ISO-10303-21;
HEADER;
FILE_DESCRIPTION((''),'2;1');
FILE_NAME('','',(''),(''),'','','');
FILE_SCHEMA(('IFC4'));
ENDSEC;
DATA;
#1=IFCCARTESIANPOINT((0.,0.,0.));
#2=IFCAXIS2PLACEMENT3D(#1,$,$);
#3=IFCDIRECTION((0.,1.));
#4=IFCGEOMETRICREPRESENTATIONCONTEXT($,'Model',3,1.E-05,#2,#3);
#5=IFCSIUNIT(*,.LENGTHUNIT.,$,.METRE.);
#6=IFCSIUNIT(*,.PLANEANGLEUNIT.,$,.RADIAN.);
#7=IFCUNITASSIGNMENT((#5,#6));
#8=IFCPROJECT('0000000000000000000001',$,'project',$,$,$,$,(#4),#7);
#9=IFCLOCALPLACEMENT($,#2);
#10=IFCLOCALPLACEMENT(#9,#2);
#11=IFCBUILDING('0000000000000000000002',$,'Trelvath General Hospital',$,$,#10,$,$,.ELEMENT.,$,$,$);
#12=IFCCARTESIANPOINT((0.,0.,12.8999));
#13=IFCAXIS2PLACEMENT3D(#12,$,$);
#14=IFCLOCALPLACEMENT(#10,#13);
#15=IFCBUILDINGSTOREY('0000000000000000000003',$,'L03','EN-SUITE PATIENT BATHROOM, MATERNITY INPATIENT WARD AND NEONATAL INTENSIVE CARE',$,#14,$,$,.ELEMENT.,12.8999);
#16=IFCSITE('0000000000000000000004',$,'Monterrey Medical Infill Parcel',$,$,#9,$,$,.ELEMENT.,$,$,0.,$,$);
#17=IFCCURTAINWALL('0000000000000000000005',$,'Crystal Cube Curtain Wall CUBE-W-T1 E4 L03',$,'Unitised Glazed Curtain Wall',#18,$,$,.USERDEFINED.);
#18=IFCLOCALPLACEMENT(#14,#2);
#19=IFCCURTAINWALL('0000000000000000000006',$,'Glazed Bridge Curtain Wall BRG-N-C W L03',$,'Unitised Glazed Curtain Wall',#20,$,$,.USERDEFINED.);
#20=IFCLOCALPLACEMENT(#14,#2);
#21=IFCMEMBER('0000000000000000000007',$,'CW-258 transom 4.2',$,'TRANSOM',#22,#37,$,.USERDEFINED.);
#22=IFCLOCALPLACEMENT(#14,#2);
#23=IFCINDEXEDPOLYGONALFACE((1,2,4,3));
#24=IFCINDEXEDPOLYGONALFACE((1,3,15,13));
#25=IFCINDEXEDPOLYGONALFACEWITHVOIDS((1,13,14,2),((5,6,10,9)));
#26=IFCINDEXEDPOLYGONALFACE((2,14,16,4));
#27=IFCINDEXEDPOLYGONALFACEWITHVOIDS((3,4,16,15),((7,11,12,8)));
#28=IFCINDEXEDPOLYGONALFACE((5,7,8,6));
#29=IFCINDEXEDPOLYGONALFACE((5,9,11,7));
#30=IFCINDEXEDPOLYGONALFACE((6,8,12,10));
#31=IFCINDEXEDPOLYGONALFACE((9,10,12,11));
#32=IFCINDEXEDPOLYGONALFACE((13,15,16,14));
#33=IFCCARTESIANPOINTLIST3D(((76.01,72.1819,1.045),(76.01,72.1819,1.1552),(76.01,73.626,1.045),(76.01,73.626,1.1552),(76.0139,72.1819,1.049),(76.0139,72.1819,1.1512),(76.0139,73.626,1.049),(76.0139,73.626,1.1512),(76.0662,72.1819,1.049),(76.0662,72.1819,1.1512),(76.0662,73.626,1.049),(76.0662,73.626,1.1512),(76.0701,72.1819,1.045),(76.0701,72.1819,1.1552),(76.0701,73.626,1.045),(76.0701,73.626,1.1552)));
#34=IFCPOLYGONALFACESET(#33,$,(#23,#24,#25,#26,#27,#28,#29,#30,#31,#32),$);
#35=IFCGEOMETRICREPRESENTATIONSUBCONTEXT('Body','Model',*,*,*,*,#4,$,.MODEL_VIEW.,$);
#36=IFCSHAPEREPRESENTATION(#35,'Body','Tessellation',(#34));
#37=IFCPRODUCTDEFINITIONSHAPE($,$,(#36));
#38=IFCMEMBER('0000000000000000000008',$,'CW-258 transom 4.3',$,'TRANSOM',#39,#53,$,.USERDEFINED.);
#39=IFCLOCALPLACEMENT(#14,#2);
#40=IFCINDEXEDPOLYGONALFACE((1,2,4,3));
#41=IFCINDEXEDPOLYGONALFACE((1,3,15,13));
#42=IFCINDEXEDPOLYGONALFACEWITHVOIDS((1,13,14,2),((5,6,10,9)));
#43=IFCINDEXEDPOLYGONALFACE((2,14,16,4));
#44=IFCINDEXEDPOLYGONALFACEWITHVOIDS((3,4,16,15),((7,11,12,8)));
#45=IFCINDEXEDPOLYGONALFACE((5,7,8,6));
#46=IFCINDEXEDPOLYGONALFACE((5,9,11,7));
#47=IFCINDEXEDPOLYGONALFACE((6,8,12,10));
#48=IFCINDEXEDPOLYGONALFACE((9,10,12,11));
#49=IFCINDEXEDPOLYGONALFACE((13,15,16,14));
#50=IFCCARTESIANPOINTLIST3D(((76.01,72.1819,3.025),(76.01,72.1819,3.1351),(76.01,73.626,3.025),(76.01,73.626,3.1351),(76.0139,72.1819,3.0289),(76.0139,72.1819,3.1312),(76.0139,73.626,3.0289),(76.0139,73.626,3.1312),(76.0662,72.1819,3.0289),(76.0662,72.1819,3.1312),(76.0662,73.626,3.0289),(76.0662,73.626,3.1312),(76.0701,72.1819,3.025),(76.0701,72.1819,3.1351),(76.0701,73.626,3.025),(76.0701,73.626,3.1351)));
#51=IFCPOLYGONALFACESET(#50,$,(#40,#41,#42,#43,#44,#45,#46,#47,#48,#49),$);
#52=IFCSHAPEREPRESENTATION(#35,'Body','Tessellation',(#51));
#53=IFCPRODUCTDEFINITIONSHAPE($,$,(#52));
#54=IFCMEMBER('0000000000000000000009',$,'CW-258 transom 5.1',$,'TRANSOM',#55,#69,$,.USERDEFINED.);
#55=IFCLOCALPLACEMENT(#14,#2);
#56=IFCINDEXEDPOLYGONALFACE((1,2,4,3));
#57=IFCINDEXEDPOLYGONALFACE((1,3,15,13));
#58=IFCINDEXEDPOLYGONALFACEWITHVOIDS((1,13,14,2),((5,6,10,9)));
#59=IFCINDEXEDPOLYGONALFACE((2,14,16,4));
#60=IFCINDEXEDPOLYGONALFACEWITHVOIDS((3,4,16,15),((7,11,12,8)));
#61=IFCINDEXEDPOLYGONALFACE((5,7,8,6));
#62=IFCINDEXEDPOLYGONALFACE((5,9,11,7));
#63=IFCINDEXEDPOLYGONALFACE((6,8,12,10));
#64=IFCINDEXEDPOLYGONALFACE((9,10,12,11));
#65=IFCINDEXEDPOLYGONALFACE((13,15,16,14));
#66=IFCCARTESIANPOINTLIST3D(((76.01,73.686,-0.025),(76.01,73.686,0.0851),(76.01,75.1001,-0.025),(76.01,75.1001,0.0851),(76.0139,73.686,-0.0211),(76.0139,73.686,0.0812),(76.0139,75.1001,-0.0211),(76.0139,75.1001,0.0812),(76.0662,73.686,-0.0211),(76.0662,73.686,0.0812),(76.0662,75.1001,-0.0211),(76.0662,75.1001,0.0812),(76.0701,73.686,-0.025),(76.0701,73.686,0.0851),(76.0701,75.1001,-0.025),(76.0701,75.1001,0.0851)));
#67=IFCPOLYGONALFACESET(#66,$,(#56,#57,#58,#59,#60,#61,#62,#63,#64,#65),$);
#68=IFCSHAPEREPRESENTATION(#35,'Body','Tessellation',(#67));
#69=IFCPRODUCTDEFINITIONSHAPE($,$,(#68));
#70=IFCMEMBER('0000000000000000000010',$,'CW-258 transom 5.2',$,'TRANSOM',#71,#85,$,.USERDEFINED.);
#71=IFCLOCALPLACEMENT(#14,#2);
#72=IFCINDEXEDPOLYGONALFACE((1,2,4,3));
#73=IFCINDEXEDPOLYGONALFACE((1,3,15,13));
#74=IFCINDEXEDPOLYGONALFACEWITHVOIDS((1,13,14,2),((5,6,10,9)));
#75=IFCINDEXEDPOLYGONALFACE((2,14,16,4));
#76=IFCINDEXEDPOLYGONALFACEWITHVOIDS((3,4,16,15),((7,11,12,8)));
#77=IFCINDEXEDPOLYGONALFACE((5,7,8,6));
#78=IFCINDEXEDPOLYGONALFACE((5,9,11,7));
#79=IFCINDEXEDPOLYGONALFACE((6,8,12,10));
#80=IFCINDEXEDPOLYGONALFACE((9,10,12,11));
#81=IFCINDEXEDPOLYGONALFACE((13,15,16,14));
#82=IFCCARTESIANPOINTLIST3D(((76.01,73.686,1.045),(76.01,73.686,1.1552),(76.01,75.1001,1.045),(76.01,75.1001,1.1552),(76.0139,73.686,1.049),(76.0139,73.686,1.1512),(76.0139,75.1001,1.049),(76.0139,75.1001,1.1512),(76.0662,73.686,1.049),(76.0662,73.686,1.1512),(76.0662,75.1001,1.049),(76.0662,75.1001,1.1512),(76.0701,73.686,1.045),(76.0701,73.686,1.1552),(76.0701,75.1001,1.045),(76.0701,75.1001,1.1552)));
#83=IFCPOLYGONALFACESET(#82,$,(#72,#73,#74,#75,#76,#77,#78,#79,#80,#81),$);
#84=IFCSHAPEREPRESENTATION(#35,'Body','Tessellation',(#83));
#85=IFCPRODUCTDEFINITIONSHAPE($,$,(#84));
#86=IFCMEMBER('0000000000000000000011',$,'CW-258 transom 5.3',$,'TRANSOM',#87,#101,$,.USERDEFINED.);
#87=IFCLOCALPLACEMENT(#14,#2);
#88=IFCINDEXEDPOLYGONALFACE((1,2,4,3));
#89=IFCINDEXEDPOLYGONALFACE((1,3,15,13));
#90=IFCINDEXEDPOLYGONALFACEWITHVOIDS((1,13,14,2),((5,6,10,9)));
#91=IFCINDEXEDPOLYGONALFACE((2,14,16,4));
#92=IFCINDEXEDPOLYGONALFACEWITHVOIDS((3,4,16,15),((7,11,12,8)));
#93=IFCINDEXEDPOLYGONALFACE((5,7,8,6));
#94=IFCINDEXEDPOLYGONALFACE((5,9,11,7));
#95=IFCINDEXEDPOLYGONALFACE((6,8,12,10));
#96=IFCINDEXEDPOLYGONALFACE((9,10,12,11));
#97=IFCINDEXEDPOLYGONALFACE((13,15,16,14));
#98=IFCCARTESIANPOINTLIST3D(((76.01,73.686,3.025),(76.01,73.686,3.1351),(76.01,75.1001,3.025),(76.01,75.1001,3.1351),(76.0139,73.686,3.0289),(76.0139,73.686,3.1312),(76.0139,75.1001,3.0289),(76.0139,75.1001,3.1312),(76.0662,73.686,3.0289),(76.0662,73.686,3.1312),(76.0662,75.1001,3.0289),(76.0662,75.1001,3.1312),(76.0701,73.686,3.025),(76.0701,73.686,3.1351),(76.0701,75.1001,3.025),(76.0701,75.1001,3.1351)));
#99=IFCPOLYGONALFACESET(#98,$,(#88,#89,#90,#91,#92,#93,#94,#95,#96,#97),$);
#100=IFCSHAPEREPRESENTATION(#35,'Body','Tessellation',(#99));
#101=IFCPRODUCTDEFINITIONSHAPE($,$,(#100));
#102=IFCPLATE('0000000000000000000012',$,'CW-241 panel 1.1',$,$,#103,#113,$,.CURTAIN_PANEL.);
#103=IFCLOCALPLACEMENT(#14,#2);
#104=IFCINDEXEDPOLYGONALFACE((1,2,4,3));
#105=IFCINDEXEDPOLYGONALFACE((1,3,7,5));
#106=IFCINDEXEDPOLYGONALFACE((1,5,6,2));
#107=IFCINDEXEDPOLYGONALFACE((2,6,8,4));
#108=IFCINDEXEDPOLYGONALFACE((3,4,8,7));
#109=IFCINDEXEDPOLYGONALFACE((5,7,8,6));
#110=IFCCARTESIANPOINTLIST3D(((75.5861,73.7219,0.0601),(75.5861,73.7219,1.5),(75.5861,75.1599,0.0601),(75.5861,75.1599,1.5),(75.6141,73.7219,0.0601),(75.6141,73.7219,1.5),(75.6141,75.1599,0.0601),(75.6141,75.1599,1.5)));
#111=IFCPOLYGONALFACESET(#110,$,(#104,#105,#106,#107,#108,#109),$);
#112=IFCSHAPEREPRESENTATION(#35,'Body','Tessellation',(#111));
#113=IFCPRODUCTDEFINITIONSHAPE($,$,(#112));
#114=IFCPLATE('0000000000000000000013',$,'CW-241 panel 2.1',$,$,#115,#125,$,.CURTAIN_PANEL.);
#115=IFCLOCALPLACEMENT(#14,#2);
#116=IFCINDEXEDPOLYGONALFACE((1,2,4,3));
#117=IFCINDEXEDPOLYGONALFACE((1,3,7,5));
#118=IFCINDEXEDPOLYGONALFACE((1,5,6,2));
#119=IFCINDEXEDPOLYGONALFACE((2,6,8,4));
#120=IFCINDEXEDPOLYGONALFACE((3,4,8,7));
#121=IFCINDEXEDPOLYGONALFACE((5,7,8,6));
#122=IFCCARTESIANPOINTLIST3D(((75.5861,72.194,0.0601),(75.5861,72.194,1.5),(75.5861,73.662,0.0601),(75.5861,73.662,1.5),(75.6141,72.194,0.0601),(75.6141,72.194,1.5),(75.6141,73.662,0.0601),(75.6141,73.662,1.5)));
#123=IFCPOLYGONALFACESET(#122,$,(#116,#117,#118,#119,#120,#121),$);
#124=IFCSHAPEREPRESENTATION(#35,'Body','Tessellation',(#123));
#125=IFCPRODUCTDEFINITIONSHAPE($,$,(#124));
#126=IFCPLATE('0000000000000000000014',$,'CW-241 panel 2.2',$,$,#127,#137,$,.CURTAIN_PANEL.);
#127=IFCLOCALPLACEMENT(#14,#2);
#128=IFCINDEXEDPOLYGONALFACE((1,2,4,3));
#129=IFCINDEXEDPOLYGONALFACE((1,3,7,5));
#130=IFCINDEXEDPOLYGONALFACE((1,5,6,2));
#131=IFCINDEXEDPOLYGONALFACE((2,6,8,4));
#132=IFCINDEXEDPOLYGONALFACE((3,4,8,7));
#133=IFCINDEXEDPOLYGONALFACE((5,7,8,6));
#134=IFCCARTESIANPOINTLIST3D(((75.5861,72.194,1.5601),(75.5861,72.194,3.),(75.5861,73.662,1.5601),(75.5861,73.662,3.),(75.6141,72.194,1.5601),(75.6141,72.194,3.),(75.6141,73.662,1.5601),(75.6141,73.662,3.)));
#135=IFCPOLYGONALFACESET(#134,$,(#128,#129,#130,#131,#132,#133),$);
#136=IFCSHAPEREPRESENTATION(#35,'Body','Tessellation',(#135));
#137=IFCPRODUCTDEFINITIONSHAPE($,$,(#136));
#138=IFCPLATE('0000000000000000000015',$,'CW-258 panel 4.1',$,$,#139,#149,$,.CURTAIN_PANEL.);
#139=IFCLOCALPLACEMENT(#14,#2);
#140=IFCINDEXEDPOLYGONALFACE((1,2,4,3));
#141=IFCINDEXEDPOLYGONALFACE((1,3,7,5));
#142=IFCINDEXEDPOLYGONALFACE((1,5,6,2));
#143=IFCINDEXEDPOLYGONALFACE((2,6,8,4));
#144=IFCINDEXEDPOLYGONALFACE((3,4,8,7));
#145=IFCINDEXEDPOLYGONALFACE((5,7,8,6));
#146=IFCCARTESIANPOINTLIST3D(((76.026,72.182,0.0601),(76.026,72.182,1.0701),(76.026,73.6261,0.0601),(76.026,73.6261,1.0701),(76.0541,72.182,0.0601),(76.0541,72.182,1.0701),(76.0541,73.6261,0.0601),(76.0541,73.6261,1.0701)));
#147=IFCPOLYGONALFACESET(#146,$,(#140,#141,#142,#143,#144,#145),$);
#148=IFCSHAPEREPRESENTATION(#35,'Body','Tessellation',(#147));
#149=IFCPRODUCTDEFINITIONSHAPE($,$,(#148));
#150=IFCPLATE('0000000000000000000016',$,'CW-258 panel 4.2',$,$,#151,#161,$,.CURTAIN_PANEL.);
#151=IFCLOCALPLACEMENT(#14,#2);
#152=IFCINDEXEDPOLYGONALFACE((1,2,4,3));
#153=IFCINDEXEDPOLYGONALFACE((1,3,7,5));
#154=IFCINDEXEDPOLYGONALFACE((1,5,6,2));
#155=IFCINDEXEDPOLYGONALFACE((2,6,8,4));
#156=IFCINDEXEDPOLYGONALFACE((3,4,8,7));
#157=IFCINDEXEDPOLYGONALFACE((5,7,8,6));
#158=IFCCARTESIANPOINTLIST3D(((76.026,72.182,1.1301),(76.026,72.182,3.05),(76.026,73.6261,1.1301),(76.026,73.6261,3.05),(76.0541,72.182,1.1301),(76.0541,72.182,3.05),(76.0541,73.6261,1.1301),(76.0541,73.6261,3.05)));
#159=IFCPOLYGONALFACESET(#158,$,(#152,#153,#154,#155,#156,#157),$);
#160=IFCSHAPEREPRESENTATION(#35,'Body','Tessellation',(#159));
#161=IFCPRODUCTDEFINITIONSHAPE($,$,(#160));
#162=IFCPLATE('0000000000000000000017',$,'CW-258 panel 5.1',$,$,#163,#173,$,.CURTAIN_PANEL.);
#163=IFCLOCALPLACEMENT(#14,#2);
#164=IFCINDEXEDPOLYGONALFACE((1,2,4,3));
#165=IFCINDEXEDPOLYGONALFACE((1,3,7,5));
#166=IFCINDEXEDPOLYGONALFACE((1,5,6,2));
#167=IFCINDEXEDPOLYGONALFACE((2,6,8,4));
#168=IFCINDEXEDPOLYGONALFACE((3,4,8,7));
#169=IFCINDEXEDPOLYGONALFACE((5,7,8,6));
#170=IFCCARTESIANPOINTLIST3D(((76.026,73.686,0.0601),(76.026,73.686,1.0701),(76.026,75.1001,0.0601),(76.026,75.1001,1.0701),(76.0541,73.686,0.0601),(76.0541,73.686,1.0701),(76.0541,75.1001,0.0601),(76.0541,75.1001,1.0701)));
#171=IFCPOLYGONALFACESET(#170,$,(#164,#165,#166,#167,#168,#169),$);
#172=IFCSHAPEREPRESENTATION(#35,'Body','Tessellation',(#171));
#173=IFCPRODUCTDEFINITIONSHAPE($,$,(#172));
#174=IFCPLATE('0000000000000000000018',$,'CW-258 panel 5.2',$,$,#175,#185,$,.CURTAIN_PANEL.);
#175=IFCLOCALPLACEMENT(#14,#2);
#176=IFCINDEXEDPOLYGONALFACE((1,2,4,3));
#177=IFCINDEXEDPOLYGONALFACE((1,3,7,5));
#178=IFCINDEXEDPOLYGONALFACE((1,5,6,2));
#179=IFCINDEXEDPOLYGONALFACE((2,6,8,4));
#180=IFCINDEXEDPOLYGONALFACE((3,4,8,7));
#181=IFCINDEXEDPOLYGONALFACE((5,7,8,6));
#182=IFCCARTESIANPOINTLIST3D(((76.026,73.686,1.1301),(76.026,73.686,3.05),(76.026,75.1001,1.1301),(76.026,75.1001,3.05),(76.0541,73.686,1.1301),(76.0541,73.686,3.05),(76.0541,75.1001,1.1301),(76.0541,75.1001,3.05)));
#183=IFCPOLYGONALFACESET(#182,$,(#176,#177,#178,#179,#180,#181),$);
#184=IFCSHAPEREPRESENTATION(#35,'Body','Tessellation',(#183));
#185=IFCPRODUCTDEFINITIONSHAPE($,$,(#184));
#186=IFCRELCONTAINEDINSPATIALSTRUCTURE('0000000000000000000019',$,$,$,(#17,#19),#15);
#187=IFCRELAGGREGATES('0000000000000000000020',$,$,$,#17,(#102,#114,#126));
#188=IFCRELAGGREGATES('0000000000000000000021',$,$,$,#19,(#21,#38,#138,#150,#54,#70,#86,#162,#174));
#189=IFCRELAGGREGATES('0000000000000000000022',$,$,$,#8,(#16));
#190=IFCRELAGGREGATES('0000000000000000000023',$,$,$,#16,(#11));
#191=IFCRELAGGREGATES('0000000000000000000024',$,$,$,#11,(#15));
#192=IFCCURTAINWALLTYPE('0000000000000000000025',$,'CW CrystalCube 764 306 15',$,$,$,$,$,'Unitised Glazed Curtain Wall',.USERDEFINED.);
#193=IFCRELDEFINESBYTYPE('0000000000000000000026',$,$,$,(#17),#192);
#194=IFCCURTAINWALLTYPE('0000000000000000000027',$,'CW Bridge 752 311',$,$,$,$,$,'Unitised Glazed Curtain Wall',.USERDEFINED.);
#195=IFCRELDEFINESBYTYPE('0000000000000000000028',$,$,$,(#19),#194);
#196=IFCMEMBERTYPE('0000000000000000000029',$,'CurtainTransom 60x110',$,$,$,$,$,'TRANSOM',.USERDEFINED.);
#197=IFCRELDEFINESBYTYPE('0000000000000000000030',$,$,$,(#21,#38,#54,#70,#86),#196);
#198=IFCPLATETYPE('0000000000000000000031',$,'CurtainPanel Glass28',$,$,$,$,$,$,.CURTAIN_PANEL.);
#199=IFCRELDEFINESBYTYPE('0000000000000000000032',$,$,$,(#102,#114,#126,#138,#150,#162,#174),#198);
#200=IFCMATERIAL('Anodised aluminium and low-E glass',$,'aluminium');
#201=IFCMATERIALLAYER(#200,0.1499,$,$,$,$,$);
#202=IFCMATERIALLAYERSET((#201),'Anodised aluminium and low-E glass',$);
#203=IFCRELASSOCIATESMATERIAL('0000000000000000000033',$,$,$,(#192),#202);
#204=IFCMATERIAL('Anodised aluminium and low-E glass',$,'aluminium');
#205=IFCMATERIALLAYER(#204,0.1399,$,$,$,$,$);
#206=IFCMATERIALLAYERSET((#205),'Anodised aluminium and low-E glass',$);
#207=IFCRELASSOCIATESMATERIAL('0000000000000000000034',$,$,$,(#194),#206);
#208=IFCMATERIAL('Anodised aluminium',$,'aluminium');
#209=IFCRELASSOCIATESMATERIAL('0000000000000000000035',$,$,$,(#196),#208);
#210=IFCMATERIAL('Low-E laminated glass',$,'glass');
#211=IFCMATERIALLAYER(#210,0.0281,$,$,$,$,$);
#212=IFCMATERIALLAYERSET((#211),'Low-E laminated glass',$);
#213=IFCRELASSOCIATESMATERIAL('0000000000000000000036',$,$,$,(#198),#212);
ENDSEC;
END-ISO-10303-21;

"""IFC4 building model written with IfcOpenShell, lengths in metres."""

from ifc_helpers import new_model, si_unit, direction, frame, origin, origin_2d, place, context, subcontext, project, spatial, rectangle, hollow_rectangle, extrude, material, layer, layer_set, material_profile, profile_set, type_object, element, aggregate, save


model = new_model("IFC4")

# Units and contexts
model_context = context("Model", 3, precision=1e-05, world=origin(), true_north=direction((0.0, 1.0)))
body_context = subcontext(model_context, "Body", "Model", "MODEL_VIEW")
ifc_project = project(units=[si_unit("LENGTHUNIT", "METRE"), si_unit("PLANEANGLEUNIT", "RADIAN")], contexts=[model_context])

# Site, building, storey
site_placement = place(None, origin())
site = spatial("IfcSite", under=ifc_project, at=site_placement, Name="Monterrey Medical Infill Parcel", CompositionType="ELEMENT", RefElevation=0.0)
building_placement = place(site_placement, origin())
building = spatial("IfcBuilding", under=site, at=building_placement, Name="Trelvath General Hospital", CompositionType="ELEMENT")
storey_placement = place(building_placement, frame((0.0, 0.0, 12.8999)))
storey = spatial("IfcBuildingStorey", under=building, at=storey_placement, Name="L03", Description="EN-SUITE PATIENT BATHROOM, MATERNITY INPATIENT WARD AND NEONATAL INTENSIVE CARE", CompositionType="ELEMENT", Elevation=12.8999)

# Curtain walls
ifc_material_1 = material(Name="Anodised aluminium and low-E glass", Category="aluminium")
ifc_layer_1 = layer(ifc_material_1, 0.1499)
ifc_layer_set_1 = layer_set([ifc_layer_1], Name="Anodised aluminium and low-E glass")
curtain_wall_type_1 = type_object("IfcCurtainWallType", Name="CW CrystalCube 764 306 15", ElementType="Unitised Glazed Curtain Wall", PredefinedType="USERDEFINED", material=ifc_layer_set_1)
curtain_wall_1_placement = place(storey_placement, origin())
curtain_wall_1 = element("IfcCurtainWall", 1, at=curtain_wall_1_placement, inside=storey, type_object=curtain_wall_type_1, Name="Crystal Cube Curtain Wall CUBE-W-T1 E4 L03", ObjectType="Unitised Glazed Curtain Wall", PredefinedType="USERDEFINED")
ifc_material_2 = material(Name="Anodised aluminium and low-E glass", Category="aluminium")
ifc_layer_2 = layer(ifc_material_2, 0.1399)
ifc_layer_set_2 = layer_set([ifc_layer_2], Name="Anodised aluminium and low-E glass")
curtain_wall_type_2 = type_object("IfcCurtainWallType", Name="CW Bridge 752 311", ElementType="Unitised Glazed Curtain Wall", PredefinedType="USERDEFINED", material=ifc_layer_set_2)
curtain_wall_2_placement = place(storey_placement, origin())
curtain_wall_2 = element("IfcCurtainWall", 2, at=curtain_wall_2_placement, inside=storey, type_object=curtain_wall_type_2, Name="Glazed Bridge Curtain Wall BRG-N-C W L03", ObjectType="Unitised Glazed Curtain Wall", PredefinedType="USERDEFINED")

# Members
ifc_material_3 = material(Name="Anodised aluminium", Category="aluminium")
ifc_material_profile_1 = material_profile(ifc_material_3, hollow_rectangle(XDim=0.0601, YDim=0.1101, WallThickness=0.0039, at=origin_2d()), Name="RHS60x110x4")
ifc_profile_set_1 = profile_set([ifc_material_profile_1], Name="Anodised aluminium")
member_type_1 = type_object("IfcMemberType", Name="CurtainTransom 60x110", ElementType="TRANSOM", PredefinedType="USERDEFINED", material=ifc_profile_set_1)
member_1_placement = place(storey_placement, frame((76.04, 72.1819, 1.1001), z_axis=(0.0, 1.0, 0.0), x_axis=(-1.0, 0.0, 0.0)))
member_1 = element("IfcMember", 3, at=member_1_placement, type_object=member_type_1, Name="CW-258 transom 4.2", ObjectType="TRANSOM", PredefinedType="USERDEFINED", context=body_context, shape_type="SweptSolid", body=[
    extrude(hollow_rectangle(XDim=0.0601, YDim=0.1101, WallThickness=0.0039, at=origin_2d()), origin(), (0.0, 0.0, 1.0), 1.4441),
])
member_2_placement = place(storey_placement, frame((76.04, 72.1819, 3.0801), z_axis=(0.0, 1.0, 0.0), x_axis=(-1.0, 0.0, 0.0)))
member_2 = element("IfcMember", 4, at=member_2_placement, type_object=member_type_1, Name="CW-258 transom 4.3", ObjectType="TRANSOM", PredefinedType="USERDEFINED", context=body_context, shape_type="SweptSolid", body=[
    extrude(hollow_rectangle(XDim=0.0601, YDim=0.1101, WallThickness=0.0039, at=origin_2d()), origin(), (0.0, 0.0, 1.0), 1.4441),
])
member_3_placement = place(storey_placement, frame((76.04, 73.686, 0.03), z_axis=(0.0, 1.0, 0.0), x_axis=(-1.0, 0.0, 0.0)))
member_3 = element("IfcMember", 5, at=member_3_placement, type_object=member_type_1, Name="CW-258 transom 5.1", ObjectType="TRANSOM", PredefinedType="USERDEFINED", context=body_context, shape_type="SweptSolid", body=[
    extrude(hollow_rectangle(XDim=0.0601, YDim=0.1101, WallThickness=0.0039, at=origin_2d()), origin(), (0.0, 0.0, 1.0), 1.4141),
])
member_4_placement = place(storey_placement, frame((76.04, 73.686, 1.1001), z_axis=(0.0, 1.0, 0.0), x_axis=(-1.0, 0.0, 0.0)))
member_4 = element("IfcMember", 6, at=member_4_placement, type_object=member_type_1, Name="CW-258 transom 5.2", ObjectType="TRANSOM", PredefinedType="USERDEFINED", context=body_context, shape_type="SweptSolid", body=[
    extrude(hollow_rectangle(XDim=0.0601, YDim=0.1101, WallThickness=0.0039, at=origin_2d()), origin(), (0.0, 0.0, 1.0), 1.4141),
])
member_5_placement = place(storey_placement, frame((76.04, 73.686, 3.0801), z_axis=(0.0, 1.0, 0.0), x_axis=(-1.0, 0.0, 0.0)))
member_5 = element("IfcMember", 7, at=member_5_placement, type_object=member_type_1, Name="CW-258 transom 5.3", ObjectType="TRANSOM", PredefinedType="USERDEFINED", context=body_context, shape_type="SweptSolid", body=[
    extrude(hollow_rectangle(XDim=0.0601, YDim=0.1101, WallThickness=0.0039, at=origin_2d()), origin(), (0.0, 0.0, 1.0), 1.4141),
])

# Plates
ifc_material_4 = material(Name="Low-E laminated glass", Category="glass")
ifc_layer_3 = layer(ifc_material_4, 0.0281)
ifc_layer_set_3 = layer_set([ifc_layer_3], Name="Low-E laminated glass")
plate_type = type_object("IfcPlateType", Name="CurtainPanel Glass28", PredefinedType="CURTAIN_PANEL", material=ifc_layer_set_3)
plate_1_placement = place(storey_placement, frame((75.6001, 74.4409, 0.0601), z_axis=(0.0, 0.0, 1.0), x_axis=(0.0, -1.0, 0.0)))
plate_1 = element("IfcPlate", 8, at=plate_1_placement, type_object=plate_type, Name="CW-241 panel 1.1", PredefinedType="CURTAIN_PANEL", context=body_context, shape_type="SweptSolid", body=[
    extrude(rectangle(XDim=1.438, YDim=0.0281, at=origin_2d()), origin(), (0.0, 0.0, 1.0), 1.4399),
])
plate_2_placement = place(storey_placement, frame((75.6001, 72.928, 0.0601), z_axis=(0.0, 0.0, 1.0), x_axis=(0.0, -1.0, 0.0)))
plate_2 = element("IfcPlate", 9, at=plate_2_placement, type_object=plate_type, Name="CW-241 panel 2.1", PredefinedType="CURTAIN_PANEL", context=body_context, shape_type="SweptSolid", body=[
    extrude(rectangle(XDim=1.468, YDim=0.0281, at=origin_2d()), origin(), (0.0, 0.0, 1.0), 1.4399),
])
plate_3_placement = place(storey_placement, frame((75.6001, 72.928, 1.5601), z_axis=(0.0, 0.0, 1.0), x_axis=(0.0, -1.0, 0.0)))
plate_3 = element("IfcPlate", 10, at=plate_3_placement, type_object=plate_type, Name="CW-241 panel 2.2", PredefinedType="CURTAIN_PANEL", context=body_context, shape_type="SweptSolid", body=[
    extrude(rectangle(XDim=1.468, YDim=0.0281, at=origin_2d()), origin(), (0.0, 0.0, 1.0), 1.4399),
])
aggregate(curtain_wall_1, [plate_1, plate_2, plate_3])
plate_4_placement = place(storey_placement, frame((76.04, 72.9041, 0.0601), z_axis=(0.0, 0.0, 1.0), x_axis=(0.0, 1.0, 0.0)))
plate_4 = element("IfcPlate", 11, at=plate_4_placement, type_object=plate_type, Name="CW-258 panel 4.1", PredefinedType="CURTAIN_PANEL", context=body_context, shape_type="SweptSolid", body=[
    extrude(rectangle(XDim=1.4441, YDim=0.0281, at=origin_2d()), origin(), (0.0, 0.0, 1.0), 1.01),
])
plate_5_placement = place(storey_placement, frame((76.04, 72.9041, 1.1301), z_axis=(0.0, 0.0, 1.0), x_axis=(0.0, 1.0, 0.0)))
plate_5 = element("IfcPlate", 12, at=plate_5_placement, type_object=plate_type, Name="CW-258 panel 4.2", PredefinedType="CURTAIN_PANEL", context=body_context, shape_type="SweptSolid", body=[
    extrude(rectangle(XDim=1.4441, YDim=0.0281, at=origin_2d()), origin(), (0.0, 0.0, 1.0), 1.9199),
])
plate_6_placement = place(storey_placement, frame((76.04, 74.3931, 0.0601), z_axis=(0.0, 0.0, 1.0), x_axis=(0.0, 1.0, 0.0)))
plate_6 = element("IfcPlate", 13, at=plate_6_placement, type_object=plate_type, Name="CW-258 panel 5.1", PredefinedType="CURTAIN_PANEL", context=body_context, shape_type="SweptSolid", body=[
    extrude(rectangle(XDim=1.4141, YDim=0.0281, at=origin_2d()), origin(), (0.0, 0.0, 1.0), 1.01),
])
plate_7_placement = place(storey_placement, frame((76.04, 74.3931, 1.1301), z_axis=(0.0, 0.0, 1.0), x_axis=(0.0, 1.0, 0.0)))
plate_7 = element("IfcPlate", 14, at=plate_7_placement, type_object=plate_type, Name="CW-258 panel 5.2", PredefinedType="CURTAIN_PANEL", context=body_context, shape_type="SweptSolid", body=[
    extrude(rectangle(XDim=1.4141, YDim=0.0281, at=origin_2d()), origin(), (0.0, 0.0, 1.0), 1.9199),
])
aggregate(curtain_wall_2, [member_1, member_2, plate_4, plate_5, member_3, member_4, member_5, plate_6, plate_7])

save(model, "model.ifc")
